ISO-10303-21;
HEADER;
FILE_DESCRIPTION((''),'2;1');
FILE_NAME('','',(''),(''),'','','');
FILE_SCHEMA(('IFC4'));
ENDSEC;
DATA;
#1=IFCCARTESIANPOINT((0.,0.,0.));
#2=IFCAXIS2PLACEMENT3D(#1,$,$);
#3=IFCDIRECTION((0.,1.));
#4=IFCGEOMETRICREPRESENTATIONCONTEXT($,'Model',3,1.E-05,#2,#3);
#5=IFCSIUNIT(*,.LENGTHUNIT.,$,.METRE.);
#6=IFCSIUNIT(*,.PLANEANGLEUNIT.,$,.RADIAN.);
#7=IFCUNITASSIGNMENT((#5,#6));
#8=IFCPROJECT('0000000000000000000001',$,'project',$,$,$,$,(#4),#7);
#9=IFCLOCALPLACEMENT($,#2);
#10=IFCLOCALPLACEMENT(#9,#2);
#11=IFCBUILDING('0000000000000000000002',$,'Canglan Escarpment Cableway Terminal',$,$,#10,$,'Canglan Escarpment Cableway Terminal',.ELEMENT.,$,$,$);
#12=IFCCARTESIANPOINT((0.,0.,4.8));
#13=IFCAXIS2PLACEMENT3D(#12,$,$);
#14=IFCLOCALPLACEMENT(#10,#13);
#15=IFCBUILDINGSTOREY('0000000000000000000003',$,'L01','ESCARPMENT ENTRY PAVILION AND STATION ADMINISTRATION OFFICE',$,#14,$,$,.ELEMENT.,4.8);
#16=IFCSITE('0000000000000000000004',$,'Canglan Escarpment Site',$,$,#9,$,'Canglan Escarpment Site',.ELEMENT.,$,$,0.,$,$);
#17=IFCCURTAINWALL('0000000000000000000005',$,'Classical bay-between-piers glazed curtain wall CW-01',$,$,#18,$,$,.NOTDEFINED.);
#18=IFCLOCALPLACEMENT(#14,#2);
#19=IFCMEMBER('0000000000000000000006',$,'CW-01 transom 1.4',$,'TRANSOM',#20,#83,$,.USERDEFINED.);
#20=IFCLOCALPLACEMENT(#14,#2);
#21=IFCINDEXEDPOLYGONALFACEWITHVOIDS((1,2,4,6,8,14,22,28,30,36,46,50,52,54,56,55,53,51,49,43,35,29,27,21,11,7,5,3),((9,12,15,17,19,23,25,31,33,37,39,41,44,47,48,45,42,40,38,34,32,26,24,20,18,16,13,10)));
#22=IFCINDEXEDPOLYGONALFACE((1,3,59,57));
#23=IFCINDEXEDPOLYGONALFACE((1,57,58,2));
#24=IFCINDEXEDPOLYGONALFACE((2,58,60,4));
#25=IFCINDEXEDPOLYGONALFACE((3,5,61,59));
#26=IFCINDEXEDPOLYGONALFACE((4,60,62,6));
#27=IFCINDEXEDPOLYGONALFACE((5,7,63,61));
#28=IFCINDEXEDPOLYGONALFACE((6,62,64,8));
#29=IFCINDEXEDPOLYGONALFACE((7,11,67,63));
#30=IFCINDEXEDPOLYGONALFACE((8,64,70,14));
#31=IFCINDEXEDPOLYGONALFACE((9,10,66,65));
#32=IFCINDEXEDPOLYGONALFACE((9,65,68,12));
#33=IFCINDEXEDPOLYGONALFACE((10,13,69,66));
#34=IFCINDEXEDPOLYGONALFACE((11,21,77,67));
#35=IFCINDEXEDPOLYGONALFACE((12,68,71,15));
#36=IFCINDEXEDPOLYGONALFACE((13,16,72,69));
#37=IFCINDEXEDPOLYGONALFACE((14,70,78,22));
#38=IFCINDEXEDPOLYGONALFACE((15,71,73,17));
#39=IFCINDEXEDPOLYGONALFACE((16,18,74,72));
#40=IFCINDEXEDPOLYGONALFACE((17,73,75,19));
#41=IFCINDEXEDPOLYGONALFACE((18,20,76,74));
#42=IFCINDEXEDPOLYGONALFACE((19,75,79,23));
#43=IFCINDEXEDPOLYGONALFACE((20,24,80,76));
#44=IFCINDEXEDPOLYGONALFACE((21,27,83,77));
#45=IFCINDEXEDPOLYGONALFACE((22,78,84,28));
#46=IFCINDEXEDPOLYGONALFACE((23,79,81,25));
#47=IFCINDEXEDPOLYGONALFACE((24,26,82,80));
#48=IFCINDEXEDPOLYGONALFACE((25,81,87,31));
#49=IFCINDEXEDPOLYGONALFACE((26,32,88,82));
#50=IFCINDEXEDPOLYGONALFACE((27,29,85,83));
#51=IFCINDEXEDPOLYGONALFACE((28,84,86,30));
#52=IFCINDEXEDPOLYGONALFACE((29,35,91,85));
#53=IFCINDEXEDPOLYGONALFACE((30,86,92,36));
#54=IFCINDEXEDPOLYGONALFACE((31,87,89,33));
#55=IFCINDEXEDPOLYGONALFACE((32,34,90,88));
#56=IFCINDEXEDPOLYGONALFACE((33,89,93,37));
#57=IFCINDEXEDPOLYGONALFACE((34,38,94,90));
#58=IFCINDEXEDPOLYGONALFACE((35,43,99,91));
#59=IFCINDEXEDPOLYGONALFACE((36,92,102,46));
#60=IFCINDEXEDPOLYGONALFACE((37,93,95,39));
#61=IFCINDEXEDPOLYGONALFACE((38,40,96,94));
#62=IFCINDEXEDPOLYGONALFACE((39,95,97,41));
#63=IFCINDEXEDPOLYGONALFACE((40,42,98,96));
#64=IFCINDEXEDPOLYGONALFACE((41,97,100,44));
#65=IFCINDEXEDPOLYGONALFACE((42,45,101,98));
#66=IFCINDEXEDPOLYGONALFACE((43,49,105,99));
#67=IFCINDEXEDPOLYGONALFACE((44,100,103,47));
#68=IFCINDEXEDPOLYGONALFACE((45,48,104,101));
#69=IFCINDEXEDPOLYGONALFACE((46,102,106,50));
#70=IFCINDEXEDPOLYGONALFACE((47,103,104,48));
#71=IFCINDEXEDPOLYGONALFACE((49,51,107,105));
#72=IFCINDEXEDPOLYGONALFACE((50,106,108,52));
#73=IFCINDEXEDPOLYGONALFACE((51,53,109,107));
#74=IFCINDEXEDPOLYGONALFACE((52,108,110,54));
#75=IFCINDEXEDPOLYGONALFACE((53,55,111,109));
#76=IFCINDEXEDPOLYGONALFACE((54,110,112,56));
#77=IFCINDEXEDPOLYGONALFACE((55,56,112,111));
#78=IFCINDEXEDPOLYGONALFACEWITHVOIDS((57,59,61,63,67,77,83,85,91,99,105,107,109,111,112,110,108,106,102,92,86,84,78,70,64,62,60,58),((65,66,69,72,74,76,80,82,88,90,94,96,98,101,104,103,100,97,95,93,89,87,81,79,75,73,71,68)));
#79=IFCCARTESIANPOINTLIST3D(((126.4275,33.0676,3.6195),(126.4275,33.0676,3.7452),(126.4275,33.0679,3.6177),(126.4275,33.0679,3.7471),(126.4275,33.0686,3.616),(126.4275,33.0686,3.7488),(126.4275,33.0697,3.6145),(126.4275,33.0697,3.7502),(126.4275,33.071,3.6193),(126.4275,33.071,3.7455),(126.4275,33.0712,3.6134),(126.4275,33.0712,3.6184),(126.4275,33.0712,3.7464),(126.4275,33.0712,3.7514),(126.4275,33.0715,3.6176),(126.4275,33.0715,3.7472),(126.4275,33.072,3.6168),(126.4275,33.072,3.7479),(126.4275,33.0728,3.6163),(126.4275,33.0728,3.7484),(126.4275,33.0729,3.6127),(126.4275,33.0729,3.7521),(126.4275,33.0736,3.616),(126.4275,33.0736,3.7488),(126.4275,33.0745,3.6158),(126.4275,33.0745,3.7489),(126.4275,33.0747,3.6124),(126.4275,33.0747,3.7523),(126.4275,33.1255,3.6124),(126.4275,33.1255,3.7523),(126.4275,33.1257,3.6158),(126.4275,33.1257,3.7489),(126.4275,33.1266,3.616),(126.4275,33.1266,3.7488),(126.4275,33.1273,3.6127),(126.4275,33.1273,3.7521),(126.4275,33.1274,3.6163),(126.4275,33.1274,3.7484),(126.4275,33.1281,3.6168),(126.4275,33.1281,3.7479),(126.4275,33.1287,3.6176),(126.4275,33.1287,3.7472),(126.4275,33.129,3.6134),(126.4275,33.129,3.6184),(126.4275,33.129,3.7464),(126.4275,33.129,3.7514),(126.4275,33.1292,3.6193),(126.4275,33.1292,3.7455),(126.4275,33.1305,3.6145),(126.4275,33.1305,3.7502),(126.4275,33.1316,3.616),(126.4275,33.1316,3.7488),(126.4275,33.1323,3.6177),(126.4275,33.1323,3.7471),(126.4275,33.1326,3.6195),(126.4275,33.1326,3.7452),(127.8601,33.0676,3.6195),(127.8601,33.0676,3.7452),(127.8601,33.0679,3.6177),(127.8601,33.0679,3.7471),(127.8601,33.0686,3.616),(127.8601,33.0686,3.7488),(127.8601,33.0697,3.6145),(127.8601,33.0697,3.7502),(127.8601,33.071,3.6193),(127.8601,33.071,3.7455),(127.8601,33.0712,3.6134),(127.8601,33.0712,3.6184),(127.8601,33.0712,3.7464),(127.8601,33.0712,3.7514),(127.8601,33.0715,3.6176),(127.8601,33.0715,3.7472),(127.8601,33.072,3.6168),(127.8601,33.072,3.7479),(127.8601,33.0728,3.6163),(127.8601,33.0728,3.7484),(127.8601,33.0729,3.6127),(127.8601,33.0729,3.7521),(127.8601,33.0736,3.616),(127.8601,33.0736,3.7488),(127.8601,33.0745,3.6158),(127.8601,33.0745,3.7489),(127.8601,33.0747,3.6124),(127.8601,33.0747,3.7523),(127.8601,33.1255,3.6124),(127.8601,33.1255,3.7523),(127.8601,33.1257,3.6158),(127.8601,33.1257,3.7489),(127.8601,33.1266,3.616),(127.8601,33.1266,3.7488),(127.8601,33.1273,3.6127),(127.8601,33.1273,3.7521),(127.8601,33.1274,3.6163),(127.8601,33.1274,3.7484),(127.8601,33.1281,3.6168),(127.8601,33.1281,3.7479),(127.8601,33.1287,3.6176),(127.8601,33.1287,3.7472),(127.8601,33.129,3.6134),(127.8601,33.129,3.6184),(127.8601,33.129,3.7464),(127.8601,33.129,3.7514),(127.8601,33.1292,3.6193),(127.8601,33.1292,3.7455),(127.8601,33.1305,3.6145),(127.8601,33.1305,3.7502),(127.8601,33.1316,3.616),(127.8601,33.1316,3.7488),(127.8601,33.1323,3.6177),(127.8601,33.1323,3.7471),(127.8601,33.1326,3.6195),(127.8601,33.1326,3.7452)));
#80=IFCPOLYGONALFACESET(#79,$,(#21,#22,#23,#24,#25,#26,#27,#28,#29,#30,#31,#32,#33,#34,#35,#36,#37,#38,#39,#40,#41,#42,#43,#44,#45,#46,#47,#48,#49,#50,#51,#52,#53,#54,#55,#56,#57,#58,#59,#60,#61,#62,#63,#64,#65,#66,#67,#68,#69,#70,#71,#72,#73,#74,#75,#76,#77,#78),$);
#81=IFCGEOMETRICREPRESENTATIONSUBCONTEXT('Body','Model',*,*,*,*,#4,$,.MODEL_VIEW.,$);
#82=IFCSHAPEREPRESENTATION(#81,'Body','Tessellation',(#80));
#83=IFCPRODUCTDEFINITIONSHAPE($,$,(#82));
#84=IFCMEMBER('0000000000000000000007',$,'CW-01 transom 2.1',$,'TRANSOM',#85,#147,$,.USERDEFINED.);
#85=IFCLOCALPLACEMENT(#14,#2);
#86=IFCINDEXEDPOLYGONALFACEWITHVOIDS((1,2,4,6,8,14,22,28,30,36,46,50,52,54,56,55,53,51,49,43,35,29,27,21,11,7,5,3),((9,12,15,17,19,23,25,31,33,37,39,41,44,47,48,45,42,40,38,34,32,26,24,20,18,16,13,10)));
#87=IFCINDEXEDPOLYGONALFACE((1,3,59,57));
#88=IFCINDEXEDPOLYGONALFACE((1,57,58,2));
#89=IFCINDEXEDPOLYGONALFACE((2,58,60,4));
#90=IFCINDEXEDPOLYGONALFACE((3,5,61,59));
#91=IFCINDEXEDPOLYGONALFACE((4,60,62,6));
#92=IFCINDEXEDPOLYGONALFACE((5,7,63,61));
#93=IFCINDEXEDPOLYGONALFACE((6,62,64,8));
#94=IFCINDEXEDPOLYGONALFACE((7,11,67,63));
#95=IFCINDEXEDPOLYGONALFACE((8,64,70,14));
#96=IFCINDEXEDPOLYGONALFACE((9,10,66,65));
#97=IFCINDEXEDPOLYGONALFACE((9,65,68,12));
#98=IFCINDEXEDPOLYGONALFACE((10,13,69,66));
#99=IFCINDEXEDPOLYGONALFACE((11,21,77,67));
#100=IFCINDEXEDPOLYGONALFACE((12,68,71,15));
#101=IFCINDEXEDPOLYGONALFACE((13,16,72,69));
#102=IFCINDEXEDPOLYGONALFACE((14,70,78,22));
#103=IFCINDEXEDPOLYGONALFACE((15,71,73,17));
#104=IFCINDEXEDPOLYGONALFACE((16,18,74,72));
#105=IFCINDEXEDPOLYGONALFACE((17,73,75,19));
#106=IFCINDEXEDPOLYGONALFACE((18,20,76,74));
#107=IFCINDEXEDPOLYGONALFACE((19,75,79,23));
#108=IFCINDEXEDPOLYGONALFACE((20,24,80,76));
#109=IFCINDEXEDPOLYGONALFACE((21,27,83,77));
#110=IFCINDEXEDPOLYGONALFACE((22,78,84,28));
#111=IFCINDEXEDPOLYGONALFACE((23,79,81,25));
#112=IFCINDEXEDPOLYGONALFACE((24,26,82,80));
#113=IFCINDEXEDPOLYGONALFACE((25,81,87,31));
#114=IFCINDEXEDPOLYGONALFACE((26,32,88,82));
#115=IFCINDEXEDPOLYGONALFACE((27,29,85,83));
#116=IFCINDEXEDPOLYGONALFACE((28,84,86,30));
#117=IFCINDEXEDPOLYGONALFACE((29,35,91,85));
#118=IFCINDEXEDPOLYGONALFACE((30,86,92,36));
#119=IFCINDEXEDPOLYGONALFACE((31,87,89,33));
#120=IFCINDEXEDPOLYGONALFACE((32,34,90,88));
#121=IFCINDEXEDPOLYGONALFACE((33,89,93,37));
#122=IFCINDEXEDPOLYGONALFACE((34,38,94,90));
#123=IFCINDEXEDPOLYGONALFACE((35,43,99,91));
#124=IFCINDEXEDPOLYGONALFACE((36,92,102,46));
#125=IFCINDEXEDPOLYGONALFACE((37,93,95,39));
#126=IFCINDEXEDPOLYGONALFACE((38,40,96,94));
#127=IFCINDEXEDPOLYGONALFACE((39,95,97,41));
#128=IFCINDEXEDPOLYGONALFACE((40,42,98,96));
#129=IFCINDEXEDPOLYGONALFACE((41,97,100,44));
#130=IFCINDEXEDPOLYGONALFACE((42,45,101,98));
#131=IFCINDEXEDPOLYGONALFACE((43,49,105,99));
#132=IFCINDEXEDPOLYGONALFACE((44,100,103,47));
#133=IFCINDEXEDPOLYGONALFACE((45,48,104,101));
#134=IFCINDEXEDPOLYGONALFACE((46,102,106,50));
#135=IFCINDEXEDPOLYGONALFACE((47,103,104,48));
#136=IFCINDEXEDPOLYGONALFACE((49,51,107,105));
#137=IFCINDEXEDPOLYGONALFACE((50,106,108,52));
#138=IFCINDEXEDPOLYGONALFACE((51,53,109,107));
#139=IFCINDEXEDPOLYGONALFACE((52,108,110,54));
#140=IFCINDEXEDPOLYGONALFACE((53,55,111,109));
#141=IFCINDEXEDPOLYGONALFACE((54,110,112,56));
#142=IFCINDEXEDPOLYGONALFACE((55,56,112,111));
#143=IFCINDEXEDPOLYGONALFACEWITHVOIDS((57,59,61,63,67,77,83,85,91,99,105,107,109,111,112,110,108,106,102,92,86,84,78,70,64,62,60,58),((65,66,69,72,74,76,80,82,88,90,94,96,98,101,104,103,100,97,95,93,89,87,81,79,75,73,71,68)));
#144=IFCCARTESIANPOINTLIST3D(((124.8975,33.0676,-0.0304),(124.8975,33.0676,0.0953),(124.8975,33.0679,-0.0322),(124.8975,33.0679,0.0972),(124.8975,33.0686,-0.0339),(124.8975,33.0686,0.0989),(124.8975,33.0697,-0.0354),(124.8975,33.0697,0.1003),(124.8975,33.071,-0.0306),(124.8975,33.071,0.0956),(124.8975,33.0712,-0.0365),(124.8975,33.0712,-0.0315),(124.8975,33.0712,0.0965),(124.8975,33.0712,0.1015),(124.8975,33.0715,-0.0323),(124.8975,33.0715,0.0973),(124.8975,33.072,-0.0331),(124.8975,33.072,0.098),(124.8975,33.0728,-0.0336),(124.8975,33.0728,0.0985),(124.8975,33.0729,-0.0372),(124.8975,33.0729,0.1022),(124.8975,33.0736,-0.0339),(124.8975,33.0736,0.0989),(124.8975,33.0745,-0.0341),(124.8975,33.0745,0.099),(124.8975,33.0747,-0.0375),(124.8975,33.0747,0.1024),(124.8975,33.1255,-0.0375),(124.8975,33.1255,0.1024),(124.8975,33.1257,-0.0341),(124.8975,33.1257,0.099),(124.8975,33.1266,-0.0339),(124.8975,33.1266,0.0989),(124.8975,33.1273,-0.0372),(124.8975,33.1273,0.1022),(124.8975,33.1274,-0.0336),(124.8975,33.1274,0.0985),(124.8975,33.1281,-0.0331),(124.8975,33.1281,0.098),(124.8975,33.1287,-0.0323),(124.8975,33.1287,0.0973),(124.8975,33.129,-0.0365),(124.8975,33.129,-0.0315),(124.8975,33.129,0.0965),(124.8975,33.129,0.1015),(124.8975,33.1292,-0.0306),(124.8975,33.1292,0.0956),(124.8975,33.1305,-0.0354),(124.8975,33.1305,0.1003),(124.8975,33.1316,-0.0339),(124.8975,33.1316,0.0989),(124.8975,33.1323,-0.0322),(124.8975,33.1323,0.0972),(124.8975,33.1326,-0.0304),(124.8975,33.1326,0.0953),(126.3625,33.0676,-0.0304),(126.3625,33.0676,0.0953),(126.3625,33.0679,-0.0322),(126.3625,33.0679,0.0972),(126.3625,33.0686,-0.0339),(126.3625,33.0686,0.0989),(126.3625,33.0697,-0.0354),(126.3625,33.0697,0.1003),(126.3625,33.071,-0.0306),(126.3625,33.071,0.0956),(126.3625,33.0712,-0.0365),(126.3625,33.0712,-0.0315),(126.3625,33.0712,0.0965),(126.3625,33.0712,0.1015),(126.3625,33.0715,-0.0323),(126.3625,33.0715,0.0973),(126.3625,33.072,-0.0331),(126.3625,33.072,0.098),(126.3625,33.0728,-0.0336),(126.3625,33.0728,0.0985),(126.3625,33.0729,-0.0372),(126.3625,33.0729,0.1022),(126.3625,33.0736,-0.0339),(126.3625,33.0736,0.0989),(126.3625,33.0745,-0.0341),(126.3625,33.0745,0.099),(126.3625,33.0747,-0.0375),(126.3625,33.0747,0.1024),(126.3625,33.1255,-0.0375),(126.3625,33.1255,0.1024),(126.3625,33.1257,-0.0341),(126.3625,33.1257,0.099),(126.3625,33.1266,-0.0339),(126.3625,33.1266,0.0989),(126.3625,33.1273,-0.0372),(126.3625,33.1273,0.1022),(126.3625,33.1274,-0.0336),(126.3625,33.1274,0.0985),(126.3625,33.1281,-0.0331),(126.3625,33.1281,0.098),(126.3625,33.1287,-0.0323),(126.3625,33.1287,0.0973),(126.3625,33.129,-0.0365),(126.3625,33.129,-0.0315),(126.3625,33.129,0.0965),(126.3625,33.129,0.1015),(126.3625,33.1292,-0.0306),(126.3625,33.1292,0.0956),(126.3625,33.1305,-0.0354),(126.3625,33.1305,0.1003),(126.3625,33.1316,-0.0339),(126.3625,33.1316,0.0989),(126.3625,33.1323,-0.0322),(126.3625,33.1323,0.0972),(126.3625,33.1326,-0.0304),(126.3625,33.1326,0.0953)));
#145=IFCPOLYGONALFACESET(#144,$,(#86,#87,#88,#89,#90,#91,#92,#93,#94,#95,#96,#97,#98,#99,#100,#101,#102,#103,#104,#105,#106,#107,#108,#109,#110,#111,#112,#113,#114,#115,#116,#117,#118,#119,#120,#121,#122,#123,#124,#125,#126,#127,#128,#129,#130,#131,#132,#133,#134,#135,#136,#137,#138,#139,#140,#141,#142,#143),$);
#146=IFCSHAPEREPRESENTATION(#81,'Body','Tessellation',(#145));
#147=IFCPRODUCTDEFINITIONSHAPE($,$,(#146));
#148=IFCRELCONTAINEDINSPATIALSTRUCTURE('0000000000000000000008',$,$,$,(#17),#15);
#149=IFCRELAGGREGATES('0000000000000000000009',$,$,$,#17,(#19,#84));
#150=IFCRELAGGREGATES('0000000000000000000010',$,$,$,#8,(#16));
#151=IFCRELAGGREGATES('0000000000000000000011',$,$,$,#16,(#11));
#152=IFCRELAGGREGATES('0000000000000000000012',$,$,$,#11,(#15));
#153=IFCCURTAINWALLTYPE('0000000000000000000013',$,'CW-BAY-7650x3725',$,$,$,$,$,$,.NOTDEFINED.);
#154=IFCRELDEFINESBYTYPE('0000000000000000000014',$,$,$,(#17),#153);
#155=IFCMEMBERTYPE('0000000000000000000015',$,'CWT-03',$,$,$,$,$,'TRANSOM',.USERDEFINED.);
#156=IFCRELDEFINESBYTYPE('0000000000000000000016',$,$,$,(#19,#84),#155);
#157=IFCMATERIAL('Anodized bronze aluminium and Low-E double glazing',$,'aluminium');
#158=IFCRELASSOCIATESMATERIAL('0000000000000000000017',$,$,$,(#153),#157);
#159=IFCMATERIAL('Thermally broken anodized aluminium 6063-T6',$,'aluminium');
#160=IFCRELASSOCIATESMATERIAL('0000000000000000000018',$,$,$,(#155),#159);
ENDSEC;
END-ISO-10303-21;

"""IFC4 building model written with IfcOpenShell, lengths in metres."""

from ifc_helpers import new_model, si_unit, direction, frame, origin, origin_2d, place, context, subcontext, project, spatial, hollow_rectangle, extrude, material, material_profile, profile_set, type_object, element, aggregate, save


model = new_model("IFC4")

# Units and contexts
model_context = context("Model", 3, precision=1e-05, world=origin(), true_north=direction((0.0, 1.0)))
body_context = subcontext(model_context, "Body", "Model", "MODEL_VIEW")
ifc_project = project(units=[si_unit("LENGTHUNIT", "METRE"), si_unit("PLANEANGLEUNIT", "RADIAN")], contexts=[model_context])

# Site, building, storey
site_placement = place(None, origin())
site = spatial("IfcSite", under=ifc_project, at=site_placement, Name="Canglan Escarpment Site", LongName="Canglan Escarpment Site", CompositionType="ELEMENT", RefElevation=0.0)
building_placement = place(site_placement, origin())
building = spatial("IfcBuilding", under=site, at=building_placement, Name="Canglan Escarpment Cableway Terminal", LongName="Canglan Escarpment Cableway Terminal", CompositionType="ELEMENT")
storey_placement = place(building_placement, frame((0.0, 0.0, 4.8)))
storey = spatial("IfcBuildingStorey", under=building, at=storey_placement, Name="L01", Description="ESCARPMENT ENTRY PAVILION AND STATION ADMINISTRATION OFFICE", CompositionType="ELEMENT", Elevation=4.8)

# Curtain wall, members
ifc_material_1 = material(Name="Anodized bronze aluminium and Low-E double glazing", Category="aluminium")
curtain_wall_type = type_object("IfcCurtainWallType", Name="CW-BAY-7650x3725", PredefinedType="NOTDEFINED", material=ifc_material_1)
curtain_wall_placement = place(storey_placement, origin())
curtain_wall = element("IfcCurtainWall", 1, at=curtain_wall_placement, inside=storey, type_object=curtain_wall_type, Name="Classical bay-between-piers glazed curtain wall CW-01", PredefinedType="NOTDEFINED")
ifc_material_2 = material(Name="Thermally broken anodized aluminium 6063-T6", Category="aluminium")
ifc_material_profile_1 = material_profile(ifc_material_2, hollow_rectangle(XDim=0.0649, YDim=0.1399, WallThickness=0.0034, InnerFilletRadius=0.0034, OuterFilletRadius=0.0071, at=origin_2d()), Name="ALU-TRAN 65x140x3.5")
ifc_profile_set_1 = profile_set([ifc_material_profile_1], Name="Thermally broken anodized aluminium 6063-T6")
member_type_1 = type_object("IfcMemberType", Name="CWT-03", ElementType="TRANSOM", PredefinedType="USERDEFINED", material=ifc_profile_set_1)
member_1_placement = place(storey_placement, frame((127.8601, 33.1001, 3.6824), z_axis=(-1.0, 0.0, 0.0), x_axis=(0.0, -1.0, 0.0)))
member_1 = element("IfcMember", 2, at=member_1_placement, type_object=member_type_1, Name="CW-01 transom 1.4", ObjectType="TRANSOM", PredefinedType="USERDEFINED", context=body_context, shape_type="SweptSolid", body=[
    extrude(hollow_rectangle(XDim=0.0649, YDim=0.1399, WallThickness=0.0034, InnerFilletRadius=0.0034, OuterFilletRadius=0.0071, at=origin_2d()), origin(), (0.0, 0.0, 1.0), 1.4326),
])
member_2_placement = place(storey_placement, frame((126.3625, 33.1001, 0.0325), z_axis=(-1.0, 0.0, 0.0), x_axis=(0.0, -1.0, 0.0)))
member_2 = element("IfcMember", 3, at=member_2_placement, type_object=member_type_1, Name="CW-01 transom 2.1", ObjectType="TRANSOM", PredefinedType="USERDEFINED", context=body_context, shape_type="SweptSolid", body=[
    extrude(hollow_rectangle(XDim=0.0649, YDim=0.1399, WallThickness=0.0034, InnerFilletRadius=0.0034, OuterFilletRadius=0.0071, at=origin_2d()), origin(), (0.0, 0.0, 1.0), 1.4651),
])

aggregate(curtain_wall, [member_1, member_2])

save(model, "model.ifc")
